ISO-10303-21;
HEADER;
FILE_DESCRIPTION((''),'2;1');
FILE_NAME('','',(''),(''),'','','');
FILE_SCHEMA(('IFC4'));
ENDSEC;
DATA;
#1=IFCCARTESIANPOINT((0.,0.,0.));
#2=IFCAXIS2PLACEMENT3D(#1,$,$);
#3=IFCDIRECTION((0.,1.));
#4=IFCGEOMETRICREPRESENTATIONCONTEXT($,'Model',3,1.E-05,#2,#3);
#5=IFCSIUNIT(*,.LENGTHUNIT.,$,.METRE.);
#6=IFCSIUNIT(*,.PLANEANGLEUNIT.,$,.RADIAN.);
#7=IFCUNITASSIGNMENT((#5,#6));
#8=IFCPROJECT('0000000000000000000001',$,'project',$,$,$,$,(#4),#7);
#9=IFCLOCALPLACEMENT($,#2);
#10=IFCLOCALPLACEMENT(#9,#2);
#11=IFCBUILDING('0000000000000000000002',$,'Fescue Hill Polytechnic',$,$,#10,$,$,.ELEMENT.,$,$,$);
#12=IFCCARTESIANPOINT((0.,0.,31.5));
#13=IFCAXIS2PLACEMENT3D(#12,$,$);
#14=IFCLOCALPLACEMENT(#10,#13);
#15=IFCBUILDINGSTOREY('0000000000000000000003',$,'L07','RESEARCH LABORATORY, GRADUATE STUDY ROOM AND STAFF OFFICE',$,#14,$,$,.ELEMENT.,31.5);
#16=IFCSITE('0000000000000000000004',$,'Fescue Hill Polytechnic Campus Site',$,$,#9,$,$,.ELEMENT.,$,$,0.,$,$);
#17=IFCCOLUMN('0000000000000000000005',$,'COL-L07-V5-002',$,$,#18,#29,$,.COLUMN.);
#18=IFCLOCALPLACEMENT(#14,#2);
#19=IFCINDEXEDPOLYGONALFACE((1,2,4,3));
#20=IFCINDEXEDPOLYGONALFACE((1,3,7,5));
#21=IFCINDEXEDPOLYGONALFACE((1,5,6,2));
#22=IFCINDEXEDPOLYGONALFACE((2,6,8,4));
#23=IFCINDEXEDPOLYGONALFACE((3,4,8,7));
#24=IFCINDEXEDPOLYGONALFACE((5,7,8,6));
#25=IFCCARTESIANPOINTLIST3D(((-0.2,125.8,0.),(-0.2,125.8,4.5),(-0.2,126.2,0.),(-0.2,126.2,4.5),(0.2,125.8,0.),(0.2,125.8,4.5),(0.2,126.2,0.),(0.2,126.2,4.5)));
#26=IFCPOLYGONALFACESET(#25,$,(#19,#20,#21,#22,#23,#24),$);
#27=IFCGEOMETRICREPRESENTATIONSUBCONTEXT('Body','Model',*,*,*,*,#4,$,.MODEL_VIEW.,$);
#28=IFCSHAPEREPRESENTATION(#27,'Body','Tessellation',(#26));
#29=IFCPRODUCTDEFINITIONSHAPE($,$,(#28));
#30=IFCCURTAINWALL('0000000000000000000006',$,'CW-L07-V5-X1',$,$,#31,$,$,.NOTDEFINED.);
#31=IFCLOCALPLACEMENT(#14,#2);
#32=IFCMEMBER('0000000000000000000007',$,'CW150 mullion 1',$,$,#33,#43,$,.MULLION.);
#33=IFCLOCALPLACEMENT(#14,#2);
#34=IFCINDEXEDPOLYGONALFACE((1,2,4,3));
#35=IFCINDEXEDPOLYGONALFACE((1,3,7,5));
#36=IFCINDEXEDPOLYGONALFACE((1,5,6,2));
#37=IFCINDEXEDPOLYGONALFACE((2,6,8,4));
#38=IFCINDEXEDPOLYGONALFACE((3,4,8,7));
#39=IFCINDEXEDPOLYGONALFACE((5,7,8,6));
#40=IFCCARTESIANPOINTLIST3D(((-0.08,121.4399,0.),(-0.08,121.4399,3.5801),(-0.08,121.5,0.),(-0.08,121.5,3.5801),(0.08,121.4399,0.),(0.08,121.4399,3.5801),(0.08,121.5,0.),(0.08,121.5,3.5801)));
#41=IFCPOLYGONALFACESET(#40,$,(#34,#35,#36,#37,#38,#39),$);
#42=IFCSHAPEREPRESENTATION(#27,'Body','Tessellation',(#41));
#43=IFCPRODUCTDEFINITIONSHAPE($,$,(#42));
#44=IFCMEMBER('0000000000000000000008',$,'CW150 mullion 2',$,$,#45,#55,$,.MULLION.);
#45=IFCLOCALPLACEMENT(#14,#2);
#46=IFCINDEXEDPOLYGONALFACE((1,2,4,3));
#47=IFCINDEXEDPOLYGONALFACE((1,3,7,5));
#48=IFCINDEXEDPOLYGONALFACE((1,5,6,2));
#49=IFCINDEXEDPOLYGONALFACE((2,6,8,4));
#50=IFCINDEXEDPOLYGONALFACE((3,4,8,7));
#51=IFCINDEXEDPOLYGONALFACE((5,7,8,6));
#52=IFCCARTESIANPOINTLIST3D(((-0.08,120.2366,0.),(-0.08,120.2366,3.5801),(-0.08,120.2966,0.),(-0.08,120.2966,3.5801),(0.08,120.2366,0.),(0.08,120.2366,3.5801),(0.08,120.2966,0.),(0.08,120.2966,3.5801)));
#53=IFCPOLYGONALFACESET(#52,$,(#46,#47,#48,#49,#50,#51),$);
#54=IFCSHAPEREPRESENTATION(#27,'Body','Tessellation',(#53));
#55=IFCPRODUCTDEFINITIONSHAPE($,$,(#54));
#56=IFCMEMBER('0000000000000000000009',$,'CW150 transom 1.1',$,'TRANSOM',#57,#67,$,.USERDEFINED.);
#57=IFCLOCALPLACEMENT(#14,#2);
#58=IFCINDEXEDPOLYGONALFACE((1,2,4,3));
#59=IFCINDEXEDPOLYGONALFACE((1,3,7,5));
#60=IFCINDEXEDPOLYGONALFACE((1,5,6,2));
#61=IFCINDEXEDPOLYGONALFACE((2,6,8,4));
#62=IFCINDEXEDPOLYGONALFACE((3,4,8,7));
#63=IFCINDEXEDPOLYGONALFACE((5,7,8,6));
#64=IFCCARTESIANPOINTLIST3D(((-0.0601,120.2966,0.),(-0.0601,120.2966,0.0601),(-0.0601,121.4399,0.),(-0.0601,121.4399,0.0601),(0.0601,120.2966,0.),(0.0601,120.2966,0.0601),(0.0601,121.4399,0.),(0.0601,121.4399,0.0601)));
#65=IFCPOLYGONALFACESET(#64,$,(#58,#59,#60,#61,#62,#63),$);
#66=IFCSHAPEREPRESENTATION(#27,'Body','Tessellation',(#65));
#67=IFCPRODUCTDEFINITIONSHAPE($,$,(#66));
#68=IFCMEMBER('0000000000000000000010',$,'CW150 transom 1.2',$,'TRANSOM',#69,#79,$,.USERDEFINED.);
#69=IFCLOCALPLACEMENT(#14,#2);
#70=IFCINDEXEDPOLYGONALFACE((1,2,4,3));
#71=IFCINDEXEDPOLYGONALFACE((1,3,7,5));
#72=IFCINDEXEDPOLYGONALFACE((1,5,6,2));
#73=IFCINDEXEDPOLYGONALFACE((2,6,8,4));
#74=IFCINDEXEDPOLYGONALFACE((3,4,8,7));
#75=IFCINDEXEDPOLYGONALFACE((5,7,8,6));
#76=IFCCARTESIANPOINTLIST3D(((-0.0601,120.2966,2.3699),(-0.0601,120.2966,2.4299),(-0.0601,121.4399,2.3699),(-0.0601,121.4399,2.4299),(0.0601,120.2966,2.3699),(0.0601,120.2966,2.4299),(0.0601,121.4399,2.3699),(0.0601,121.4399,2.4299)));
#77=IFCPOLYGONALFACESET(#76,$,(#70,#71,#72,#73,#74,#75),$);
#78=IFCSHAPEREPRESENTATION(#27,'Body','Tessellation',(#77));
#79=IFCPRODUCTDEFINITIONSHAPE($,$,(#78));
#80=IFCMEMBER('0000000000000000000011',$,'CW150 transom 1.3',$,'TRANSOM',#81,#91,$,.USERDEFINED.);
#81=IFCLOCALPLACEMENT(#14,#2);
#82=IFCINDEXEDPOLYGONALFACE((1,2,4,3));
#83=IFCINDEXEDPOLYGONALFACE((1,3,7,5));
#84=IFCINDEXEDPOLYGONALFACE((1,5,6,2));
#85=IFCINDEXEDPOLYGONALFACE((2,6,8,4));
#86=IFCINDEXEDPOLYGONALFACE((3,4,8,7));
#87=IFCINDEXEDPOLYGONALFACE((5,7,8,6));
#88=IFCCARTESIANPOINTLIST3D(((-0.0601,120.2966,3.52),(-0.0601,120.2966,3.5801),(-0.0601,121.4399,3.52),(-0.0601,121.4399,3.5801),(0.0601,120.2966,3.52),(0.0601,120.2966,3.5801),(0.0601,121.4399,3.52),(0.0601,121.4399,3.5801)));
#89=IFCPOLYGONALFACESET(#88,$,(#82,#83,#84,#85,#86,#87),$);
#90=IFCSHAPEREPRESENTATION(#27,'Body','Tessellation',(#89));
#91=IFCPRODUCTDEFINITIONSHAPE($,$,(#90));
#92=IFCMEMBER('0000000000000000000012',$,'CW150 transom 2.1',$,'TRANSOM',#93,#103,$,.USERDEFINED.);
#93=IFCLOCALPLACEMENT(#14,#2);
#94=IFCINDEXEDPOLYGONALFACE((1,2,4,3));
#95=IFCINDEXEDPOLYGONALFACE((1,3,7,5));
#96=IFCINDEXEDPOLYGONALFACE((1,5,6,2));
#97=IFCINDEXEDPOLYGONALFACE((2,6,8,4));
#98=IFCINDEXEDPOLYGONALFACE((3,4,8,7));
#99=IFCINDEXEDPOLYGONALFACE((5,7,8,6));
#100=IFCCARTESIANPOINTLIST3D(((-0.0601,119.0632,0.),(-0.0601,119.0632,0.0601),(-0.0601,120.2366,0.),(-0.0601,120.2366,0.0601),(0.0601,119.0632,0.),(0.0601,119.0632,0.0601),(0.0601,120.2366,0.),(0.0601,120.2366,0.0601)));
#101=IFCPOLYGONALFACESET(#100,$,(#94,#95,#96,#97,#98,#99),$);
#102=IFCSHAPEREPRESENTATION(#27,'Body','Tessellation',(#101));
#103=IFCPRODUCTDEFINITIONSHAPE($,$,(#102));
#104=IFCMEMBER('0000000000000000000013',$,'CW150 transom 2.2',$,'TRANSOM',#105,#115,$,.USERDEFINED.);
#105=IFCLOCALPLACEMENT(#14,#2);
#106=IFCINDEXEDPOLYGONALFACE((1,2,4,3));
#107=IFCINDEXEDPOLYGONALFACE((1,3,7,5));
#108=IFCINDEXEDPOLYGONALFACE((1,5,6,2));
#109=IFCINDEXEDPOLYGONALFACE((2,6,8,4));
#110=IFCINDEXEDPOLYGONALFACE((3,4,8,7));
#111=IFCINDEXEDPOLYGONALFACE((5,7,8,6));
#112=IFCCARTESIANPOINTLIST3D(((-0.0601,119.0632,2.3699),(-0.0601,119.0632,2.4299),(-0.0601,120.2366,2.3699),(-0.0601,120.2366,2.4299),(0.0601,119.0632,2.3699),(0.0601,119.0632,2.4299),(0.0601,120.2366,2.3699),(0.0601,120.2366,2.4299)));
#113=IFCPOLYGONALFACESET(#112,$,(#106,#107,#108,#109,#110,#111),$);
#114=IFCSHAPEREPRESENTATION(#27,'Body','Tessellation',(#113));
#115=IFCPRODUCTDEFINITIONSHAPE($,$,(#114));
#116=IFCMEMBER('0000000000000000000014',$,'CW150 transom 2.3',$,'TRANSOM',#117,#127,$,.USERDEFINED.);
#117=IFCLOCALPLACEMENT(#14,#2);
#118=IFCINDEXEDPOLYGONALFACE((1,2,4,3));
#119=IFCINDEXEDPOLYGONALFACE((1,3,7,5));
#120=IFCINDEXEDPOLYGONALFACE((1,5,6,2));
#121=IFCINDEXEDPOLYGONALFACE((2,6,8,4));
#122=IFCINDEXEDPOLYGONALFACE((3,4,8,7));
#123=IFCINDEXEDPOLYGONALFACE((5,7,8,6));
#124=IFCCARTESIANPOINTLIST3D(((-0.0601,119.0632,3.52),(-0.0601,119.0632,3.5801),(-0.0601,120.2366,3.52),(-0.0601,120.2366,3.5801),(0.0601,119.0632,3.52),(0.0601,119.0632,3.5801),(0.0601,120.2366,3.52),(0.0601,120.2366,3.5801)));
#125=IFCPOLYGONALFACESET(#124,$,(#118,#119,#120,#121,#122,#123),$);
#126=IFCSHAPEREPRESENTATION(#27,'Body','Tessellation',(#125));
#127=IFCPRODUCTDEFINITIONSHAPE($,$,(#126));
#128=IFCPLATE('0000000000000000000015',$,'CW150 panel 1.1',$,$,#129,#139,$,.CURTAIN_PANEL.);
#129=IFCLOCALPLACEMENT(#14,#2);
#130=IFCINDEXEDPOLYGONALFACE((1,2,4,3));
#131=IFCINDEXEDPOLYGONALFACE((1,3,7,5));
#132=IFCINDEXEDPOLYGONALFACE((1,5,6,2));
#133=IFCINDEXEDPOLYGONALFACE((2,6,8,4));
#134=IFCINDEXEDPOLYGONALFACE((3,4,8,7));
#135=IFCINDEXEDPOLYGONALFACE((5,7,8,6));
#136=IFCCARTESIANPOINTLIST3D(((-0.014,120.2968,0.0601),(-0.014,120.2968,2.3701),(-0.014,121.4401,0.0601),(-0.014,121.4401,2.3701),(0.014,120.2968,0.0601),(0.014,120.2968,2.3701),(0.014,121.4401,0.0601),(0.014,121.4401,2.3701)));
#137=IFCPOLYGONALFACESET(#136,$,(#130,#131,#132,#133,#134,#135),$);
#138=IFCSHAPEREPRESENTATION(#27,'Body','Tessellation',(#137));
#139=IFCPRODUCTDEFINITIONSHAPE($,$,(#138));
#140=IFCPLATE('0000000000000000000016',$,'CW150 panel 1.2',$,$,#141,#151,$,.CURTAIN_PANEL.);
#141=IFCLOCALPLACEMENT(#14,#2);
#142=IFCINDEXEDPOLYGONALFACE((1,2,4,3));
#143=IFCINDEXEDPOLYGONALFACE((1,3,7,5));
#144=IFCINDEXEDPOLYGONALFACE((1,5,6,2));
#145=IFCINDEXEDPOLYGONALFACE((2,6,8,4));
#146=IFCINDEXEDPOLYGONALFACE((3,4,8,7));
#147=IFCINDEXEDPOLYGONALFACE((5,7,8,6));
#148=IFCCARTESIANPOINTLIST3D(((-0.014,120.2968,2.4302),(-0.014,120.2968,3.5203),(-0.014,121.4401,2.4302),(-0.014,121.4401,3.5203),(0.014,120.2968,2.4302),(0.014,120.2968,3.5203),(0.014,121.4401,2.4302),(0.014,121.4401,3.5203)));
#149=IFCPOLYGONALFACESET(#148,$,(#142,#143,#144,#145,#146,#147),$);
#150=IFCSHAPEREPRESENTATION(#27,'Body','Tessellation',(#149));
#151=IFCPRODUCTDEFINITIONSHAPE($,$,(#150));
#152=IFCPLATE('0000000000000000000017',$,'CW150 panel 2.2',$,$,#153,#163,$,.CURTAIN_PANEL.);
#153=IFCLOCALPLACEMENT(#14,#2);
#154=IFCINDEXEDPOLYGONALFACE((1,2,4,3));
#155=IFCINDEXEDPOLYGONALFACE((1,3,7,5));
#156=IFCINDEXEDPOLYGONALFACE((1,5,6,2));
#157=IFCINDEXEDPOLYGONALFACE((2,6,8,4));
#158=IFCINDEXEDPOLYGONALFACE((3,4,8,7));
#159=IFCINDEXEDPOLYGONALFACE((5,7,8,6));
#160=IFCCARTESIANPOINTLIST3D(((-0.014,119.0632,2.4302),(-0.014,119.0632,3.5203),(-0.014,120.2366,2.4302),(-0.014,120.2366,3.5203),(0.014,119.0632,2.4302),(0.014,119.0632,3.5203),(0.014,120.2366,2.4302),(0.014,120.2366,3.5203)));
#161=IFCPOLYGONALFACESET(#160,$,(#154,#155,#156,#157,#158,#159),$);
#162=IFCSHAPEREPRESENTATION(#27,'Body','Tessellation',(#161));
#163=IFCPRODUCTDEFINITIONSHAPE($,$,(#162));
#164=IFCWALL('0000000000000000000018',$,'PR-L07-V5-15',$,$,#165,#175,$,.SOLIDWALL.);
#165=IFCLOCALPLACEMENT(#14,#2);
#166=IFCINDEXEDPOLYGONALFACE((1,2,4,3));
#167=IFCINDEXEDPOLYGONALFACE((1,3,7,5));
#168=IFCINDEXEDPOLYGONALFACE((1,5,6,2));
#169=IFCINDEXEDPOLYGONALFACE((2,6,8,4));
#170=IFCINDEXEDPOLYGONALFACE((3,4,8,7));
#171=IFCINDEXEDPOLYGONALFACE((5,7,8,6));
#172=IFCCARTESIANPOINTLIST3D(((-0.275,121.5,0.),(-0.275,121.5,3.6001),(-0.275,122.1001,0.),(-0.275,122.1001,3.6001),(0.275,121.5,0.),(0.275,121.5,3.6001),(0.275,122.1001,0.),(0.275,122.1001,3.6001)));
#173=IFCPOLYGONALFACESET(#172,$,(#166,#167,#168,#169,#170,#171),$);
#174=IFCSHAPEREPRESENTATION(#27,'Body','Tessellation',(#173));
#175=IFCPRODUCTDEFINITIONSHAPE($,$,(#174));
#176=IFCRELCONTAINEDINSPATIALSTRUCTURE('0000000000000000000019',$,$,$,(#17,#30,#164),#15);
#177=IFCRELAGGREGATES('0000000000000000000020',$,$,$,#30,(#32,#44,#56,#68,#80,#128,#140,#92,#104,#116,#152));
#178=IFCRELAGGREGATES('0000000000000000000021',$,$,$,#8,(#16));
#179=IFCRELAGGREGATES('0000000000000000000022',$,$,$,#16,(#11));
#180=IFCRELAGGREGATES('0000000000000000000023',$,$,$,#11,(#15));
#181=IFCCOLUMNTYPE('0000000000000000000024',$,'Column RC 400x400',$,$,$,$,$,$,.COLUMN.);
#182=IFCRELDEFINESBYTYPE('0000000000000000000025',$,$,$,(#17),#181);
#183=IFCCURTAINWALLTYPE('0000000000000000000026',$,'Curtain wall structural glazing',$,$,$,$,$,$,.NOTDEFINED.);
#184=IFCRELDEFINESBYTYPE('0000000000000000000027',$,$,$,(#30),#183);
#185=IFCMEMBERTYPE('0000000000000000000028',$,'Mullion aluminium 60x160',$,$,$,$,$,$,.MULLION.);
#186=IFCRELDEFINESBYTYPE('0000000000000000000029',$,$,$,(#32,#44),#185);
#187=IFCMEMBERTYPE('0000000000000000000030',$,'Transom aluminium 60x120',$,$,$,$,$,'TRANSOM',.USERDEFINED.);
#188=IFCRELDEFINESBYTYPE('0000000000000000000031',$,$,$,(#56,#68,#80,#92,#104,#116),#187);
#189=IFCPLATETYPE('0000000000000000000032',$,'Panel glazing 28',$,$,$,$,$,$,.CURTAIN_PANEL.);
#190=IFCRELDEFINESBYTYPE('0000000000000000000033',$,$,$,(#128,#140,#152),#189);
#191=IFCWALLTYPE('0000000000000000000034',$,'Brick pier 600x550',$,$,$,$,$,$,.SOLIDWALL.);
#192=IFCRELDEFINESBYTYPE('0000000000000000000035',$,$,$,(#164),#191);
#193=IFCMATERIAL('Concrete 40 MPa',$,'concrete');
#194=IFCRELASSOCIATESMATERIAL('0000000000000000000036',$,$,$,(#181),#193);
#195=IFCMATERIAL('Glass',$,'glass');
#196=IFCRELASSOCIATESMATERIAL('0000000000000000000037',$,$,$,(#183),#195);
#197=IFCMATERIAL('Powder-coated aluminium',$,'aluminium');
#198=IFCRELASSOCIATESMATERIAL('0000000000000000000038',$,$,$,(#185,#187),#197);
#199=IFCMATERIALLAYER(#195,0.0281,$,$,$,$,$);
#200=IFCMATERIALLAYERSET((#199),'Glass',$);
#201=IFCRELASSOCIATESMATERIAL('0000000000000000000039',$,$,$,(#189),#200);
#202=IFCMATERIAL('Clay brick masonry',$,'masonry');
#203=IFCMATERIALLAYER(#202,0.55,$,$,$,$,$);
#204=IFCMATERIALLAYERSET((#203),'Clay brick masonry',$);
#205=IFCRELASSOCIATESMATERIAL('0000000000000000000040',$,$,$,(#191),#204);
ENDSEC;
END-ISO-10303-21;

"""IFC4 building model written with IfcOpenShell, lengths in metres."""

from ifc_helpers import new_model, si_unit, direction, frame, frame_2d, origin, origin_2d, place, context, subcontext, project, spatial, rectangle, extrude, material, layer, layer_set, material_profile, profile_set, type_object, element, aggregate, save


model = new_model("IFC4")

# Units and contexts
model_context = context("Model", 3, precision=1e-05, world=origin(), true_north=direction((0.0, 1.0)))
body_context = subcontext(model_context, "Body", "Model", "MODEL_VIEW")
ifc_project = project(units=[si_unit("LENGTHUNIT", "METRE"), si_unit("PLANEANGLEUNIT", "RADIAN")], contexts=[model_context])

# Site, building, storey
site_placement = place(None, origin())
site = spatial("IfcSite", under=ifc_project, at=site_placement, Name="Fescue Hill Polytechnic Campus Site", CompositionType="ELEMENT", RefElevation=0.0)
building_placement = place(site_placement, origin())
building = spatial("IfcBuilding", under=site, at=building_placement, Name="Fescue Hill Polytechnic", CompositionType="ELEMENT")
storey_placement = place(building_placement, frame((0.0, 0.0, 31.5)))
storey = spatial("IfcBuildingStorey", under=building, at=storey_placement, Name="L07", Description="RESEARCH LABORATORY, GRADUATE STUDY ROOM AND STAFF OFFICE", CompositionType="ELEMENT", Elevation=31.5)

# Column
ifc_material_1 = material(Name="Concrete 40 MPa", Category="concrete")
ifc_material_profile_1 = material_profile(ifc_material_1, rectangle(XDim=0.3999, YDim=0.3999, at=origin_2d()), Name="RC 400x400")
ifc_profile_set_1 = profile_set([ifc_material_profile_1], Name="Concrete 40 MPa")
column_type = type_object("IfcColumnType", Name="Column RC 400x400", PredefinedType="COLUMN", material=ifc_profile_set_1)
column_placement = place(storey_placement, frame((0.0, 126.0, 0.0), z_axis=(0.0, 0.0, 1.0), x_axis=(1.0, 0.0, 0.0)))
element("IfcColumn", 1, at=column_placement, inside=storey, type_object=column_type, Name="COL-L07-V5-002", PredefinedType="COLUMN", context=body_context, shape_type="SweptSolid", body=[
    extrude(rectangle(XDim=0.3999, YDim=0.3999, at=origin_2d()), origin(), (0.0, 0.0, 1.0), 4.5),
])

# Curtain wall, members, plates
ifc_material_2 = material(Name="Glass", Category="glass")
curtain_wall_type = type_object("IfcCurtainWallType", Name="Curtain wall structural glazing", PredefinedType="NOTDEFINED", material=ifc_material_2)
curtain_wall_placement = place(storey_placement, origin())
curtain_wall = element("IfcCurtainWall", 2, at=curtain_wall_placement, inside=storey, type_object=curtain_wall_type, Name="CW-L07-V5-X1", PredefinedType="NOTDEFINED")
ifc_material_3 = material(Name="Powder-coated aluminium", Category="aluminium")
ifc_material_profile_2 = material_profile(ifc_material_3, rectangle(XDim=0.1599, YDim=0.0601, at=origin_2d()), Name="Mullion aluminium 60x160")
ifc_profile_set_2 = profile_set([ifc_material_profile_2], Name="Powder-coated aluminium")
member_type_1 = type_object("IfcMemberType", Name="Mullion aluminium 60x160", PredefinedType="MULLION", material=ifc_profile_set_2)
member_1_placement = place(storey_placement, frame((0.0, 121.47, 0.0), z_axis=(0.0, 0.0, 1.0), x_axis=(1.0, 0.0, 0.0)))
member_1 = element("IfcMember", 3, at=member_1_placement, type_object=member_type_1, Name="CW150 mullion 1", PredefinedType="MULLION", context=body_context, shape_type="SweptSolid", body=[
    extrude(rectangle(XDim=0.1599, YDim=0.0601, at=origin_2d()), origin(), (0.0, 0.0, 1.0), 3.5801),
])
member_2_placement = place(storey_placement, frame((0.0, 120.2666, 0.0), z_axis=(0.0, 0.0, 1.0), x_axis=(1.0, 0.0, 0.0)))
member_2 = element("IfcMember", 4, at=member_2_placement, type_object=member_type_1, Name="CW150 mullion 2", PredefinedType="MULLION", context=body_context, shape_type="SweptSolid", body=[
    extrude(rectangle(XDim=0.1599, YDim=0.0601, at=origin_2d()), origin(), (0.0, 0.0, 1.0), 3.5801),
])
ifc_material_profile_3 = material_profile(ifc_material_3, rectangle(XDim=0.1201, YDim=0.0601, at=origin_2d()), Name="Transom aluminium 60x120")
ifc_profile_set_3 = profile_set([ifc_material_profile_3], Name="Powder-coated aluminium")
member_type_2 = type_object("IfcMemberType", Name="Transom aluminium 60x120", ElementType="TRANSOM", PredefinedType="USERDEFINED", material=ifc_profile_set_3)
member_3_placement = place(storey_placement, frame((0.0, 121.4399, 0.03), z_axis=(0.0, -1.0, 0.0), x_axis=(1.0, 0.0, 0.0)))
member_3 = element("IfcMember", 5, at=member_3_placement, type_object=member_type_2, Name="CW150 transom 1.1", ObjectType="TRANSOM", PredefinedType="USERDEFINED", context=body_context, shape_type="SweptSolid", body=[
    extrude(rectangle(XDim=0.1201, YDim=0.0601, at=origin_2d()), origin(), (0.0, 0.0, 1.0), 1.1433),
])
member_4_placement = place(storey_placement, frame((0.0, 121.4399, 2.3999), z_axis=(0.0, -1.0, 0.0), x_axis=(1.0, 0.0, 0.0)))
member_4 = element("IfcMember", 6, at=member_4_placement, type_object=member_type_2, Name="CW150 transom 1.2", ObjectType="TRANSOM", PredefinedType="USERDEFINED", context=body_context, shape_type="SweptSolid", body=[
    extrude(rectangle(XDim=0.1201, YDim=0.0601, at=origin_2d()), origin(), (0.0, 0.0, 1.0), 1.1433),
])
member_5_placement = place(storey_placement, frame((0.0, 121.4399, 3.55), z_axis=(0.0, -1.0, 0.0), x_axis=(1.0, 0.0, 0.0)))
member_5 = element("IfcMember", 7, at=member_5_placement, type_object=member_type_2, Name="CW150 transom 1.3", ObjectType="TRANSOM", PredefinedType="USERDEFINED", context=body_context, shape_type="SweptSolid", body=[
    extrude(rectangle(XDim=0.1201, YDim=0.0601, at=origin_2d()), origin(), (0.0, 0.0, 1.0), 1.1433),
])
member_6_placement = place(storey_placement, frame((0.0, 120.2366, 0.03), z_axis=(0.0, -1.0, 0.0), x_axis=(1.0, 0.0, 0.0)))
member_6 = element("IfcMember", 8, at=member_6_placement, type_object=member_type_2, Name="CW150 transom 2.1", ObjectType="TRANSOM", PredefinedType="USERDEFINED", context=body_context, shape_type="SweptSolid", body=[
    extrude(rectangle(XDim=0.1201, YDim=0.0601, at=origin_2d()), origin(), (0.0, 0.0, 1.0), 1.1733),
])
member_7_placement = place(storey_placement, frame((0.0, 120.2366, 2.3999), z_axis=(0.0, -1.0, 0.0), x_axis=(1.0, 0.0, 0.0)))
member_7 = element("IfcMember", 9, at=member_7_placement, type_object=member_type_2, Name="CW150 transom 2.2", ObjectType="TRANSOM", PredefinedType="USERDEFINED", context=body_context, shape_type="SweptSolid", body=[
    extrude(rectangle(XDim=0.1201, YDim=0.0601, at=origin_2d()), origin(), (0.0, 0.0, 1.0), 1.1733),
])
member_8_placement = place(storey_placement, frame((0.0, 120.2366, 3.55), z_axis=(0.0, -1.0, 0.0), x_axis=(1.0, 0.0, 0.0)))
member_8 = element("IfcMember", 10, at=member_8_placement, type_object=member_type_2, Name="CW150 transom 2.3", ObjectType="TRANSOM", PredefinedType="USERDEFINED", context=body_context, shape_type="SweptSolid", body=[
    extrude(rectangle(XDim=0.1201, YDim=0.0601, at=origin_2d()), origin(), (0.0, 0.0, 1.0), 1.1733),
])
ifc_layer_1 = layer(ifc_material_2, 0.0281)
ifc_layer_set_1 = layer_set([ifc_layer_1], Name="Glass")
plate_type = type_object("IfcPlateType", Name="Panel glazing 28", PredefinedType="CURTAIN_PANEL", material=ifc_layer_set_1)
plate_1_placement = place(storey_placement, frame((0.0, 120.8684, 0.0601), z_axis=(0.0, 0.0, 1.0), x_axis=(0.0, -1.0, 0.0)))
plate_1 = element("IfcPlate", 11, at=plate_1_placement, type_object=plate_type, Name="CW150 panel 1.1", PredefinedType="CURTAIN_PANEL", context=body_context, shape_type="SweptSolid", body=[
    extrude(rectangle(XDim=1.1433, YDim=0.0281, at=origin_2d()), origin(), (0.0, 0.0, 1.0), 2.3101),
])
plate_2_placement = place(storey_placement, frame((0.0, 120.8684, 2.4302), z_axis=(0.0, 0.0, 1.0), x_axis=(0.0, -1.0, 0.0)))
plate_2 = element("IfcPlate", 12, at=plate_2_placement, type_object=plate_type, Name="CW150 panel 1.2", PredefinedType="CURTAIN_PANEL", context=body_context, shape_type="SweptSolid", body=[
    extrude(rectangle(XDim=1.1433, YDim=0.0281, at=origin_2d()), origin(), (0.0, 0.0, 1.0), 1.0901),
])
plate_3_placement = place(storey_placement, frame((0.0, 119.6499, 2.4302), z_axis=(0.0, 0.0, 1.0), x_axis=(0.0, -1.0, 0.0)))
plate_3 = element("IfcPlate", 13, at=plate_3_placement, type_object=plate_type, Name="CW150 panel 2.2", PredefinedType="CURTAIN_PANEL", context=body_context, shape_type="SweptSolid", body=[
    extrude(rectangle(XDim=1.1733, YDim=0.0281, at=origin_2d()), origin(), (0.0, 0.0, 1.0), 1.0901),
])
aggregate(curtain_wall, [member_1, member_2, member_3, member_4, member_5, plate_1, plate_2, member_6, member_7, member_8, plate_3])

# Wall
ifc_material_4 = material(Name="Clay brick masonry", Category="masonry")
ifc_layer_2 = layer(ifc_material_4, 0.55)
ifc_layer_set_2 = layer_set([ifc_layer_2], Name="Clay brick masonry")
wall_type_1 = type_object("IfcWallType", Name="Brick pier 600x550", PredefinedType="SOLIDWALL", material=ifc_layer_set_2)
wall_1_placement = place(storey_placement, frame((0.0, 122.1001, 0.0), z_axis=(0.0, 0.0, 1.0), x_axis=(0.0, -1.0, 0.0)))
element("IfcWall", 14, at=wall_1_placement, inside=storey, type_object=wall_type_1, Name="PR-L07-V5-15", PredefinedType="SOLIDWALL", context=body_context, shape_type="SweptSolid", body=[
    extrude(rectangle(XDim=0.6001, YDim=0.55, at=frame_2d((0.3, 0.0))), origin(), (0.0, 0.0, 1.0), 3.6001),
])

save(model, "model.ifc")
